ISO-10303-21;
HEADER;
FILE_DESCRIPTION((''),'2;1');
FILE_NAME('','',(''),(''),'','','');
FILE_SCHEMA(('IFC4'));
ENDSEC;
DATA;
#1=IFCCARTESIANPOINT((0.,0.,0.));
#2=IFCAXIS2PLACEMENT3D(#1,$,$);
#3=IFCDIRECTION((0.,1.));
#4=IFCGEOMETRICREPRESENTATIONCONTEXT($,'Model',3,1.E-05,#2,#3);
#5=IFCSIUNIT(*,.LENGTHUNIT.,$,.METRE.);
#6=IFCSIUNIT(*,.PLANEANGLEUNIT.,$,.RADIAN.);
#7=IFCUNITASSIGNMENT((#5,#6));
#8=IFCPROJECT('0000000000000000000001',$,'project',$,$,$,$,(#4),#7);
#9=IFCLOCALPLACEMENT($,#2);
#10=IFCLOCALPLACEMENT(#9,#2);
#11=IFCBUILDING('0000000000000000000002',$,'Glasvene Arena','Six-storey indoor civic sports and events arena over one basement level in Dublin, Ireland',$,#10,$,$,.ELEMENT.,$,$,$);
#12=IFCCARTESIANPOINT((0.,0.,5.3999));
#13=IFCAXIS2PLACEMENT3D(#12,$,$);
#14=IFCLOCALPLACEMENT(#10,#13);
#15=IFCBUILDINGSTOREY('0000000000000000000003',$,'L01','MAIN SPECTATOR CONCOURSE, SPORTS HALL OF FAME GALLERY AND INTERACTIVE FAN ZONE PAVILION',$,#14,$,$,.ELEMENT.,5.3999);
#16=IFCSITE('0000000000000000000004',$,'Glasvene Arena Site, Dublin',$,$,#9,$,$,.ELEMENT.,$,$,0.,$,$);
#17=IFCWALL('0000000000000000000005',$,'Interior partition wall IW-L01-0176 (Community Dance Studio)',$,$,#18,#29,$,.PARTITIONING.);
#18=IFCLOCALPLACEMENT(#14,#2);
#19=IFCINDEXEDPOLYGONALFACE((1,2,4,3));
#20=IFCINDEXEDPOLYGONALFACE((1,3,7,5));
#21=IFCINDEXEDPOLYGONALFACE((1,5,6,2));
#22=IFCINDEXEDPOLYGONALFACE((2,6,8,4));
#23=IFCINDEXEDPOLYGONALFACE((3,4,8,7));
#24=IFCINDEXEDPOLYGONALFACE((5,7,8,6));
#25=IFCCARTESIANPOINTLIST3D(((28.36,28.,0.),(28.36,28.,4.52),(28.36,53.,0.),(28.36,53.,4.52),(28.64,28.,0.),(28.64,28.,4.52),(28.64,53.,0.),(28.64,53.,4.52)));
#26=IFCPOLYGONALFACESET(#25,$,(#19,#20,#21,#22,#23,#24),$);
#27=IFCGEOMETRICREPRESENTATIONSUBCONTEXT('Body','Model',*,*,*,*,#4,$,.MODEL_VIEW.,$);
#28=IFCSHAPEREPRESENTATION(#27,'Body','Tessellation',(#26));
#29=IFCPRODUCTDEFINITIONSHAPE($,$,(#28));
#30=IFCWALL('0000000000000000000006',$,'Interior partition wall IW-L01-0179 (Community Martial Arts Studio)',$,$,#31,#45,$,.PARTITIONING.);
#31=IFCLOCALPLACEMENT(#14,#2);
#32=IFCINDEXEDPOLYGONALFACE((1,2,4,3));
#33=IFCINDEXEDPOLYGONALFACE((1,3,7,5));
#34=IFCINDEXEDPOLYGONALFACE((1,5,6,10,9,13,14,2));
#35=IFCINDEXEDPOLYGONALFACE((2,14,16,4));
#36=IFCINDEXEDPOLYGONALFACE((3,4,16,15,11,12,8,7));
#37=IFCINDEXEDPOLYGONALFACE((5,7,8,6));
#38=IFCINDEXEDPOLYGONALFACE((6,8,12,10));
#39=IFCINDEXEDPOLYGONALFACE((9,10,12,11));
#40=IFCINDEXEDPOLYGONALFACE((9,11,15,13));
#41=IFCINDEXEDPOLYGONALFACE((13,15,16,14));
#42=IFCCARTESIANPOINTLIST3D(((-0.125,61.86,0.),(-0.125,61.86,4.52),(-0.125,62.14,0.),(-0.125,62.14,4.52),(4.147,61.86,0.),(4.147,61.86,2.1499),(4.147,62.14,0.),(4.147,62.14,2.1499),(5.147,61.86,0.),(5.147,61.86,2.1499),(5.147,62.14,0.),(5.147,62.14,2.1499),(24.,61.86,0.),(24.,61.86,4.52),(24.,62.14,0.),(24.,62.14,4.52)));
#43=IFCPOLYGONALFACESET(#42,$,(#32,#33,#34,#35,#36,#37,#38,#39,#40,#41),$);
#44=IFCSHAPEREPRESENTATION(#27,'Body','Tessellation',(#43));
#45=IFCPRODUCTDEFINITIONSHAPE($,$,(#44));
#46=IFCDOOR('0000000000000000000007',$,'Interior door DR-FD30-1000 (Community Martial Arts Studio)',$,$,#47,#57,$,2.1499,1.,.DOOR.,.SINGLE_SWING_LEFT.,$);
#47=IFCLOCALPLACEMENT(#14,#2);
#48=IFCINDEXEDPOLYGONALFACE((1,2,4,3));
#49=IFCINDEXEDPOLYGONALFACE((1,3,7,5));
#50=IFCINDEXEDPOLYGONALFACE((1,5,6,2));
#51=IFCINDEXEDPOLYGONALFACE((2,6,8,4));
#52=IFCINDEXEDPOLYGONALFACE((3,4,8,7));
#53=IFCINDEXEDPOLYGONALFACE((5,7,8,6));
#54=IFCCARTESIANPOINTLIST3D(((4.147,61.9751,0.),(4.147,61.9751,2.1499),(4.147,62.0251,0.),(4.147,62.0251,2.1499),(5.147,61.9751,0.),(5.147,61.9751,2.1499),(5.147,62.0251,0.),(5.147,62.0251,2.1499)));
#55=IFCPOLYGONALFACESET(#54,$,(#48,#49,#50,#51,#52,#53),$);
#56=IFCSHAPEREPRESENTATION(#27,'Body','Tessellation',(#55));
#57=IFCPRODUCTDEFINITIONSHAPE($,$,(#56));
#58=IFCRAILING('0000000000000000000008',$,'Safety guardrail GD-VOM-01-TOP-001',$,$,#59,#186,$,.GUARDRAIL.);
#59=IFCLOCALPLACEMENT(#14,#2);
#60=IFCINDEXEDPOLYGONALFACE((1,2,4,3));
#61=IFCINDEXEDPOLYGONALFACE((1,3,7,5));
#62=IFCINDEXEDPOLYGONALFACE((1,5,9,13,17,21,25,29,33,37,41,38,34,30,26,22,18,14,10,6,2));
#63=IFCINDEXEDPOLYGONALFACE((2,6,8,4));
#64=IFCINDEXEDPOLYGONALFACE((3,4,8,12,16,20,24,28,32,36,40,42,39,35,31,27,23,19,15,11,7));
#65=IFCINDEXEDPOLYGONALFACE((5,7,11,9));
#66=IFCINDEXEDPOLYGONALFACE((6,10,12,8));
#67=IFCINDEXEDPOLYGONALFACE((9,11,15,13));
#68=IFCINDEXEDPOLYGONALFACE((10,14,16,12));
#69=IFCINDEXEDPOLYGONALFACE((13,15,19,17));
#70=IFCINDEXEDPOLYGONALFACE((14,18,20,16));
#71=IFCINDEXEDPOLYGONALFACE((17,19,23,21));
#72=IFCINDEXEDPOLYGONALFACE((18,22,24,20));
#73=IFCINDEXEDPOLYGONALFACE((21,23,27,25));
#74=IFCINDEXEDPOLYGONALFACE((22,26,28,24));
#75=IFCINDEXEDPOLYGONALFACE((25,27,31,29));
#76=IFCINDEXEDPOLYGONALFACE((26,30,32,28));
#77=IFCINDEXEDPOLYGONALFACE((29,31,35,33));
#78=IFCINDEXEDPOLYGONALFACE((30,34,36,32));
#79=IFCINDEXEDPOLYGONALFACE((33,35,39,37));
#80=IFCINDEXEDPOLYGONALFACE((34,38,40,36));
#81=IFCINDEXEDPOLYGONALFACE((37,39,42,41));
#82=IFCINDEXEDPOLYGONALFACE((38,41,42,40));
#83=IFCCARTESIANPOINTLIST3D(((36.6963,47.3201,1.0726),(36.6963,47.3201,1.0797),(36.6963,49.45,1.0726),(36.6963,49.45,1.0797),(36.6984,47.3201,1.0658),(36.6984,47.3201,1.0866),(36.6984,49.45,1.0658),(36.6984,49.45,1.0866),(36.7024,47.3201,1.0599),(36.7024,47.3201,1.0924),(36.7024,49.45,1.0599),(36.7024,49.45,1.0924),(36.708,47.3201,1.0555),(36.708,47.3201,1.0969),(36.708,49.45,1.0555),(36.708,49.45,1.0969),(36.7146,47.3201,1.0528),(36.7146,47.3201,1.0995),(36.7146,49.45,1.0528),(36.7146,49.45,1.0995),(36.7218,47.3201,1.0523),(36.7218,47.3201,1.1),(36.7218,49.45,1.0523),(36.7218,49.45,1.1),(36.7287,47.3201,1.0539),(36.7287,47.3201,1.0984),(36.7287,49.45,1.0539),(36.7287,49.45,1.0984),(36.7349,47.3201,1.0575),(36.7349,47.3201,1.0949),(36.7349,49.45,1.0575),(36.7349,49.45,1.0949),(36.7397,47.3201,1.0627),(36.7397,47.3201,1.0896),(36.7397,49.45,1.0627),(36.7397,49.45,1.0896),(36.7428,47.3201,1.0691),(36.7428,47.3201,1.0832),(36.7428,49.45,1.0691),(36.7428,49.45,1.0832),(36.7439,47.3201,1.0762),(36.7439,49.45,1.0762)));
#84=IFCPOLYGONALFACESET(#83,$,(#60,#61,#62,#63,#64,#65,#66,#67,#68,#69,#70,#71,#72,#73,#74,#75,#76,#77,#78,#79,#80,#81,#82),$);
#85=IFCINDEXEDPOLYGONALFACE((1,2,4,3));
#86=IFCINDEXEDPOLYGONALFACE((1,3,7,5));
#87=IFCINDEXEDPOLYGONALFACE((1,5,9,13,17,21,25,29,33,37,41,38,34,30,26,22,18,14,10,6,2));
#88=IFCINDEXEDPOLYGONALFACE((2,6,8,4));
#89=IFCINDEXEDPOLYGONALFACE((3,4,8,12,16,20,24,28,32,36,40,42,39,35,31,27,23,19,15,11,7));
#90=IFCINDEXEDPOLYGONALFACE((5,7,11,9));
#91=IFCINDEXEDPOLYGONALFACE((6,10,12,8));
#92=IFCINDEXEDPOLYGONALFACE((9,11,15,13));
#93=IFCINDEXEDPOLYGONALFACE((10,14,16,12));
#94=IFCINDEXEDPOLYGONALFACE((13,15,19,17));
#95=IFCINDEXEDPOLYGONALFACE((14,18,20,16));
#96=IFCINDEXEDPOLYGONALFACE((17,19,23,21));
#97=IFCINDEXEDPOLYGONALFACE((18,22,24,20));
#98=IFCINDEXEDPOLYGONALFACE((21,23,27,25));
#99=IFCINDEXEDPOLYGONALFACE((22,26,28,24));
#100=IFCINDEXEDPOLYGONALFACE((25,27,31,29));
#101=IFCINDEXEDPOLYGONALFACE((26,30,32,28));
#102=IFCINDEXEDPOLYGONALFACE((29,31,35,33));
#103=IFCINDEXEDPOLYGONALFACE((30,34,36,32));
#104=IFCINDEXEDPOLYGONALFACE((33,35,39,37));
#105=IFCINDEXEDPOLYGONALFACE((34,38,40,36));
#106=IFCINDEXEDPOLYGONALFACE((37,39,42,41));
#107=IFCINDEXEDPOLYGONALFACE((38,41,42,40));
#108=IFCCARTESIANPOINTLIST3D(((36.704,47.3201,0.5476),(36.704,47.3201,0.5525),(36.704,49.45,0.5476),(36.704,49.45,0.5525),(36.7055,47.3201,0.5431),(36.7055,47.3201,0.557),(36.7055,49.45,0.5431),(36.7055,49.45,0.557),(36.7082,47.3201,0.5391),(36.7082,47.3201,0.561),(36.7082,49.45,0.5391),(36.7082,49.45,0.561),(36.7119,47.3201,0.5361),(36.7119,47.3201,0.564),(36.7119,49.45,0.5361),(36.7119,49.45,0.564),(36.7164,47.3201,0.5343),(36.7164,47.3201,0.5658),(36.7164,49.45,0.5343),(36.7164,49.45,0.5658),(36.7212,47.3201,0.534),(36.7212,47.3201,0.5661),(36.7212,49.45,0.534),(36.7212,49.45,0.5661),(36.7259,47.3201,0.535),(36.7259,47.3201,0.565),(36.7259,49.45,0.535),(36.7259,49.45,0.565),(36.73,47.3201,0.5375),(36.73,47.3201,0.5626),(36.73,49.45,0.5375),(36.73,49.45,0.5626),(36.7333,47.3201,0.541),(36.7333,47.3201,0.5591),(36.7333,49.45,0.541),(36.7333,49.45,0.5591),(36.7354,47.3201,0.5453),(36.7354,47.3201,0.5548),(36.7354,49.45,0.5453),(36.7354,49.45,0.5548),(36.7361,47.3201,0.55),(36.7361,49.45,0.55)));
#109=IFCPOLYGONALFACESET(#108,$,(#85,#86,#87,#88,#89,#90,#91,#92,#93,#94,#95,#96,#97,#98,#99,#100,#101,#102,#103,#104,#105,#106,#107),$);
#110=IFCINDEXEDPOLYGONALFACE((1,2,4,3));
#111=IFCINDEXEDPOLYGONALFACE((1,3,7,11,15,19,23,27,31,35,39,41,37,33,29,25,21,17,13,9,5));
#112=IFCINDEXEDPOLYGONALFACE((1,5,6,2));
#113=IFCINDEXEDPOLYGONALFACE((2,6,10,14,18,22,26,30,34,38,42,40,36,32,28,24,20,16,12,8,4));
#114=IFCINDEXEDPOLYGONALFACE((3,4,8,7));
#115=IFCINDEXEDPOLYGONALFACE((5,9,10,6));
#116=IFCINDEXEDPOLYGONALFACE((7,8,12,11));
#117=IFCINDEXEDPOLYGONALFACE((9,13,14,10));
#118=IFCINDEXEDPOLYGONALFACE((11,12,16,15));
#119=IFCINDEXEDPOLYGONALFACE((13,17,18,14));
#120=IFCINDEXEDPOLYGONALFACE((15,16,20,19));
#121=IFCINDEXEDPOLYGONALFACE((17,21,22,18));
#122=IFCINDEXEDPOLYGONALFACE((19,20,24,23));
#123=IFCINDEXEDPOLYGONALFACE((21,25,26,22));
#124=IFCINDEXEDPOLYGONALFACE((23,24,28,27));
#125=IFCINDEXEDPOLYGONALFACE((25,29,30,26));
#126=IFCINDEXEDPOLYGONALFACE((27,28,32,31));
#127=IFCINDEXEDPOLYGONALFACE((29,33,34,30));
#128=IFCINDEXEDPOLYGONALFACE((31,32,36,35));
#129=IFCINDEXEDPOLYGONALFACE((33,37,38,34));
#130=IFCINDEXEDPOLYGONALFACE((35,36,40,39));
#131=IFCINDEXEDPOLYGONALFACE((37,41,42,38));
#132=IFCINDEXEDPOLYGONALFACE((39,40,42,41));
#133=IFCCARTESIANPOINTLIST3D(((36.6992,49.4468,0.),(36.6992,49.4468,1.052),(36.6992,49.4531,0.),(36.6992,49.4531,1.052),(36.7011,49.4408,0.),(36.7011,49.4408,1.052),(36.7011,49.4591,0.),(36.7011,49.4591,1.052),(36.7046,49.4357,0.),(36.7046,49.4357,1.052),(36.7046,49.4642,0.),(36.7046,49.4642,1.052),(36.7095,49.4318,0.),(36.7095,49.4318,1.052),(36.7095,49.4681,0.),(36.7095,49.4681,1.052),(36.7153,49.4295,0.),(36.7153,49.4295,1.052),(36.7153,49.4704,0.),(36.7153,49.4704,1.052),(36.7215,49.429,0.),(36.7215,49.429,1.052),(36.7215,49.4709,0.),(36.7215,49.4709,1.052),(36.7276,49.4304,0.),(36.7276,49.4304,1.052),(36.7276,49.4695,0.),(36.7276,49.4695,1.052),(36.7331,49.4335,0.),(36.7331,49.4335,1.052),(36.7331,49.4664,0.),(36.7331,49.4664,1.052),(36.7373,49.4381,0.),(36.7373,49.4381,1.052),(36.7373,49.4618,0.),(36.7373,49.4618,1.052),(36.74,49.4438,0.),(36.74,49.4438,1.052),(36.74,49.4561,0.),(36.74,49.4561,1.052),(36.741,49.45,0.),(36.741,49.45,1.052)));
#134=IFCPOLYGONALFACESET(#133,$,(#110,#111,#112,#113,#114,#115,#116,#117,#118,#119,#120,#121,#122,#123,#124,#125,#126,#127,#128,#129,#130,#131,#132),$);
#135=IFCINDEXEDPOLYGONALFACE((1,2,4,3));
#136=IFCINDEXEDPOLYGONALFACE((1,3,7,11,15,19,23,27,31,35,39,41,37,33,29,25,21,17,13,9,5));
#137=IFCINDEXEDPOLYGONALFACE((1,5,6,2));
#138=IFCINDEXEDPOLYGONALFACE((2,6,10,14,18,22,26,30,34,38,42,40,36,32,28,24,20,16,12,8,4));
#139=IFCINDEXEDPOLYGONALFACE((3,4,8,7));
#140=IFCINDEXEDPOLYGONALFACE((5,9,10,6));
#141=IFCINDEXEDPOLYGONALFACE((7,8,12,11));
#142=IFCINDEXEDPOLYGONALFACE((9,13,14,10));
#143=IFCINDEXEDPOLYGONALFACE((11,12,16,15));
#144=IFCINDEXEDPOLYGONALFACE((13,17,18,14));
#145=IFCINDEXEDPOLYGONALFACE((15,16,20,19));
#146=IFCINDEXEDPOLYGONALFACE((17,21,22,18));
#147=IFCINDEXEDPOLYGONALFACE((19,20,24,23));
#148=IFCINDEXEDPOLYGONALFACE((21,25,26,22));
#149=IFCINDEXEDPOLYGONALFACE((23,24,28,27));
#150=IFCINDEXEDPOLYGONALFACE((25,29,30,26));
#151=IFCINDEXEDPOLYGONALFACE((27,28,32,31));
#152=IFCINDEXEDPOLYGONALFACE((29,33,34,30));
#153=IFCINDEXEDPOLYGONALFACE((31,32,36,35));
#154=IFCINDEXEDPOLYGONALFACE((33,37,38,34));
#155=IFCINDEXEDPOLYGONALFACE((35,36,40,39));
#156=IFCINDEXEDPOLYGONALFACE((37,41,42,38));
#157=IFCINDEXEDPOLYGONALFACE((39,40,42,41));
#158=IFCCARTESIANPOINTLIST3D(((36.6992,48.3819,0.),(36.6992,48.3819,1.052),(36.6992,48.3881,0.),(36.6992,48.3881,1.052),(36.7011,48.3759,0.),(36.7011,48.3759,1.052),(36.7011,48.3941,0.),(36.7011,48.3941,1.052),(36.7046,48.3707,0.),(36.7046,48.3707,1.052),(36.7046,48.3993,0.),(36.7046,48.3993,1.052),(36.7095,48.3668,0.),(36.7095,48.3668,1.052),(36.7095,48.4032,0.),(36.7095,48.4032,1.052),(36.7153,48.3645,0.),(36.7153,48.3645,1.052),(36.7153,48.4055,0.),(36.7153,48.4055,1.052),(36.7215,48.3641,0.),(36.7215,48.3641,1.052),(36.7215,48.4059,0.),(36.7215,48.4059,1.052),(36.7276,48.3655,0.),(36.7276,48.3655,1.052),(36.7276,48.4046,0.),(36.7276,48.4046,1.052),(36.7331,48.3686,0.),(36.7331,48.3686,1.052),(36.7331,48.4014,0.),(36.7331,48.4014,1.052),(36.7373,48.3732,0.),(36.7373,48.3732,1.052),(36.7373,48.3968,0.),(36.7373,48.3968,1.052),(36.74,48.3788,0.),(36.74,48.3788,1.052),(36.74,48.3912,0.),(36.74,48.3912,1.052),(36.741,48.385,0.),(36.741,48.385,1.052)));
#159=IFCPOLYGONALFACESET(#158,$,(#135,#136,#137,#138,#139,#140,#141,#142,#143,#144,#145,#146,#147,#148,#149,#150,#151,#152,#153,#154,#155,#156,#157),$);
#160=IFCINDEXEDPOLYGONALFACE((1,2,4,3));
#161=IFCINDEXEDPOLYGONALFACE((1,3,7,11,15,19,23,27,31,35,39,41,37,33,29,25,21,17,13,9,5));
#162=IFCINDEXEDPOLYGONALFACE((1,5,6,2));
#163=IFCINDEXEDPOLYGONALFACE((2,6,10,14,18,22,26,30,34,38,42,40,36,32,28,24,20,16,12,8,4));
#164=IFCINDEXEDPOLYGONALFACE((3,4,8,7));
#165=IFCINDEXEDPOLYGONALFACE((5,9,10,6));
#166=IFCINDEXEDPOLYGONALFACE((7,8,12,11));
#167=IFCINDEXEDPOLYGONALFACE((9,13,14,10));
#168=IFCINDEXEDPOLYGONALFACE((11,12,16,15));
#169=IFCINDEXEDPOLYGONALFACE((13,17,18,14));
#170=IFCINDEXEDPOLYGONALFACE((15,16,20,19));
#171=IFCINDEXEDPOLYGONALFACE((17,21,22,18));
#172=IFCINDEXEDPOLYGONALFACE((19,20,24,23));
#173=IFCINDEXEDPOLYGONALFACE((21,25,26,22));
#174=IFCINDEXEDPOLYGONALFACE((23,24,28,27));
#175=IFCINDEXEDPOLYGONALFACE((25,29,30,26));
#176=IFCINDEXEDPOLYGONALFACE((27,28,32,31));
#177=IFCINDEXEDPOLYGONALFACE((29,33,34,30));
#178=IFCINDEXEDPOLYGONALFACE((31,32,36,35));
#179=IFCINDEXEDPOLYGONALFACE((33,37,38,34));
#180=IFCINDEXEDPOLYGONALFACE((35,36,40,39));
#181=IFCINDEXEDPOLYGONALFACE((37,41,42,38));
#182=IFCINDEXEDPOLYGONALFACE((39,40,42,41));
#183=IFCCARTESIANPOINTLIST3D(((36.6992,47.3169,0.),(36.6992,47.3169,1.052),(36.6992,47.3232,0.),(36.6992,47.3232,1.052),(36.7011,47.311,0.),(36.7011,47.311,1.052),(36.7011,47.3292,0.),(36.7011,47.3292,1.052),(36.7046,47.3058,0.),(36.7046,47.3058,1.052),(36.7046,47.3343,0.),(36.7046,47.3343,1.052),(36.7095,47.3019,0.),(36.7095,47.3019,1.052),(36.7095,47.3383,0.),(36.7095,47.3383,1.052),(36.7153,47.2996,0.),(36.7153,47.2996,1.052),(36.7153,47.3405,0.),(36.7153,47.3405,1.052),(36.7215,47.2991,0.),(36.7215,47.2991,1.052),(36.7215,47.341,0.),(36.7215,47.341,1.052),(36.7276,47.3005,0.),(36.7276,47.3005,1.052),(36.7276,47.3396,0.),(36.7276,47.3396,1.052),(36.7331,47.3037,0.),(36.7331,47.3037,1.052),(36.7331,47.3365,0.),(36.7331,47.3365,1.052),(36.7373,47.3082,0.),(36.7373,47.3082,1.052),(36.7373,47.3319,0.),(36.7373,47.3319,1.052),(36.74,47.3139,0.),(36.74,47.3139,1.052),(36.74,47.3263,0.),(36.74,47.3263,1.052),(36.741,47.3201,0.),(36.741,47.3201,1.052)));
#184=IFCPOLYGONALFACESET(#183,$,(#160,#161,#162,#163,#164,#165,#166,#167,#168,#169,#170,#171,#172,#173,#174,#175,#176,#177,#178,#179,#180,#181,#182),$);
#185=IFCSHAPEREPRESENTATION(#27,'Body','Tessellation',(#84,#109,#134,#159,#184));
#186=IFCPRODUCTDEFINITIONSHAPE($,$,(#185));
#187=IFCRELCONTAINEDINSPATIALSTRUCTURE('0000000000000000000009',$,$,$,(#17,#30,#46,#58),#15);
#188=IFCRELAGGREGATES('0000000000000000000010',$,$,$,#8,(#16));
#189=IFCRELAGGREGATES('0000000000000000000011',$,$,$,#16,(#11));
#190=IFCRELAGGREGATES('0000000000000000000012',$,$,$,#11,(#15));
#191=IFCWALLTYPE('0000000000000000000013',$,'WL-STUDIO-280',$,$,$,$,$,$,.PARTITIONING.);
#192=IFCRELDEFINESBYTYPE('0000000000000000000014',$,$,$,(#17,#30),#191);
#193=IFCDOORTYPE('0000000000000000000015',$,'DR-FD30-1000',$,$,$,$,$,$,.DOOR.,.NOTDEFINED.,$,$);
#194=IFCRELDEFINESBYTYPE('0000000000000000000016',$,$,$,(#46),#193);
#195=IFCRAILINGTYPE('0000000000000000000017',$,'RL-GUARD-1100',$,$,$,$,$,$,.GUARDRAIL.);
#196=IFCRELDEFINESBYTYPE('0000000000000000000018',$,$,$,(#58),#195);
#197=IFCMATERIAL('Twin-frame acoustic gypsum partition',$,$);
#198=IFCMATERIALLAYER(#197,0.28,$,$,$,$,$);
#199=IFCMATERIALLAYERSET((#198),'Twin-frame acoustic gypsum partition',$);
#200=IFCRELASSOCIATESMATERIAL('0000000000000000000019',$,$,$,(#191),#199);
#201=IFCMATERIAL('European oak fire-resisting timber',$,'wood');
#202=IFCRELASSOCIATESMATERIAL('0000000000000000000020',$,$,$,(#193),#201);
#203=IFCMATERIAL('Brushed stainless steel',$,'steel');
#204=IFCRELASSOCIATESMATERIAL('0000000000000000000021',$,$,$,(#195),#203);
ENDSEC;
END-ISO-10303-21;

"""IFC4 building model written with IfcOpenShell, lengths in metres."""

from ifc_helpers import new_model, si_unit, direction, frame, frame_2d, origin, origin_2d, place, context, subcontext, project, spatial, rectangle, circle, extrude, material, layer, layer_set, type_object, element, fill, save


model = new_model("IFC4")

# Units and contexts
model_context = context("Model", 3, precision=1e-05, world=origin(), true_north=direction((0.0, 1.0)))
body_context = subcontext(model_context, "Body", "Model", "MODEL_VIEW")
ifc_project = project(units=[si_unit("LENGTHUNIT", "METRE"), si_unit("PLANEANGLEUNIT", "RADIAN")], contexts=[model_context])

# Site, building, storey
site_placement = place(None, origin())
site = spatial("IfcSite", under=ifc_project, at=site_placement, Name="Glasvene Arena Site, Dublin", CompositionType="ELEMENT", RefElevation=0.0)
building_placement = place(site_placement, origin())
building = spatial("IfcBuilding", under=site, at=building_placement, Name="Glasvene Arena", Description="Six-storey indoor civic sports and events arena over one basement level in Dublin, Ireland", CompositionType="ELEMENT")
storey_placement = place(building_placement, frame((0.0, 0.0, 5.3999)))
storey = spatial("IfcBuildingStorey", under=building, at=storey_placement, Name="L01", Description="MAIN SPECTATOR CONCOURSE, SPORTS HALL OF FAME GALLERY AND INTERACTIVE FAN ZONE PAVILION", CompositionType="ELEMENT", Elevation=5.3999)

# Shared definitions
ifc_material_1 = material(Name="Twin-frame acoustic gypsum partition")
ifc_layer_1 = layer(ifc_material_1, 0.28)
ifc_layer_set_1 = layer_set([ifc_layer_1], Name="Twin-frame acoustic gypsum partition")
wall_type_1 = type_object("IfcWallType", Name="WL-STUDIO-280", PredefinedType="PARTITIONING", material=ifc_layer_set_1)

# Wall
wall_1_placement = place(storey_placement, frame((28.5, 53.0, 0.0), z_axis=(0.0, 0.0, 1.0), x_axis=(0.0, -1.0, 0.0)))
element("IfcWall", 1, at=wall_1_placement, inside=storey, type_object=wall_type_1, Name="Interior partition wall IW-L01-0176 (Community Dance Studio)", PredefinedType="PARTITIONING", context=body_context, shape_type="SweptSolid", body=[
    extrude(rectangle(XDim=25.0, YDim=0.28, at=frame_2d((12.5, 0.0))), origin(), (0.0, 0.0, 1.0), 4.52),
])

# Wall, opening, door
wall_2_placement = place(storey_placement, frame((24.0, 62.0, 0.0), z_axis=(0.0, 0.0, 1.0), x_axis=(-1.0, 0.0, 0.0)))
wall_2 = element("IfcWall", 2, at=wall_2_placement, inside=storey, type_object=wall_type_1, Name="Interior partition wall IW-L01-0179 (Community Martial Arts Studio)", PredefinedType="PARTITIONING", context=body_context, shape_type="SweptSolid", body=[
    extrude(rectangle(XDim=24.125, YDim=0.28, at=frame_2d((12.0625, 0.0))), origin(), (0.0, 0.0, 1.0), 4.52),
])
opening_1_placement = place(wall_2_placement, frame((18.853, 0.0, 0.0)))
opening_1 = element("IfcOpeningElement", 3, at=opening_1_placement, cuts=wall_2, PredefinedType="OPENING", context=body_context, shape_type="SweptSolid", body=[
    extrude(rectangle(XDim=1.0, YDim=2.1499, at=frame_2d((0.5, 1.075))), frame((0.0, 0.1499, 0.0), z_axis=(0.0, -1.0, 0.0), x_axis=(1.0, 0.0, 0.0)), (0.0, 0.0, 1.0), 0.3),
])
ifc_material_2 = material(Name="European oak fire-resisting timber", Category="wood")
door_type_1 = type_object("IfcDoorType", Name="DR-FD30-1000", OperationType="NOTDEFINED", PredefinedType="DOOR", material=ifc_material_2)
door_1_placement = place(opening_1_placement, origin())
door_1 = element("IfcDoor", 4, at=door_1_placement, inside=storey, type_object=door_type_1, Name="Interior door DR-FD30-1000 (Community Martial Arts Studio)", OperationType="SINGLE_SWING_LEFT", OverallHeight=2.1499, OverallWidth=1.0, PredefinedType="DOOR", context=body_context, shape_type="SweptSolid", body=[
    extrude(rectangle(XDim=1.0, YDim=2.1499, at=frame_2d((0.5, 1.075))), frame((0.0, 0.0249, 0.0), z_axis=(0.0, -1.0, 0.0), x_axis=(1.0, 0.0, 0.0)), (0.0, 0.0, 1.0), 0.05),
])
fill(opening_1, door_1)

# Railing
ifc_material_3 = material(Name="Brushed stainless steel", Category="steel")
railing_type = type_object("IfcRailingType", Name="RL-GUARD-1100", PredefinedType="GUARDRAIL", material=ifc_material_3)
railing_1_placement = place(storey_placement, frame((36.72, 49.45, 0.0)))
element("IfcRailing", 5, at=railing_1_placement, inside=storey, type_object=railing_type, Name="Safety guardrail GD-VOM-01-TOP-001", PredefinedType="GUARDRAIL", context=body_context, shape_type="SweptSolid", body=[
    extrude(circle(Radius=0.0239, at=origin_2d()), frame((0.0, 0.0, 1.0762), z_axis=(0.0, -1.0, 0.0), x_axis=(1.0, 0.0, 0.0)), (0.0, 0.0, 1.0), 2.1299),
    extrude(circle(Radius=0.0161, at=origin_2d()), frame((0.0, 0.0, 0.55), z_axis=(0.0, -1.0, 0.0), x_axis=(1.0, 0.0, 0.0)), (0.0, 0.0, 1.0), 2.1299),
    extrude(circle(Radius=0.021, at=origin_2d()), origin(), (0.0, 0.0, 1.0), 1.052),
    extrude(circle(Radius=0.021, at=origin_2d()), frame((0.0, -1.0649, 0.0)), (0.0, 0.0, 1.0), 1.052),
    extrude(circle(Radius=0.021, at=origin_2d()), frame((0.0, -2.1299, 0.0)), (0.0, 0.0, 1.0), 1.052),
])

save(model, "model.ifc")
